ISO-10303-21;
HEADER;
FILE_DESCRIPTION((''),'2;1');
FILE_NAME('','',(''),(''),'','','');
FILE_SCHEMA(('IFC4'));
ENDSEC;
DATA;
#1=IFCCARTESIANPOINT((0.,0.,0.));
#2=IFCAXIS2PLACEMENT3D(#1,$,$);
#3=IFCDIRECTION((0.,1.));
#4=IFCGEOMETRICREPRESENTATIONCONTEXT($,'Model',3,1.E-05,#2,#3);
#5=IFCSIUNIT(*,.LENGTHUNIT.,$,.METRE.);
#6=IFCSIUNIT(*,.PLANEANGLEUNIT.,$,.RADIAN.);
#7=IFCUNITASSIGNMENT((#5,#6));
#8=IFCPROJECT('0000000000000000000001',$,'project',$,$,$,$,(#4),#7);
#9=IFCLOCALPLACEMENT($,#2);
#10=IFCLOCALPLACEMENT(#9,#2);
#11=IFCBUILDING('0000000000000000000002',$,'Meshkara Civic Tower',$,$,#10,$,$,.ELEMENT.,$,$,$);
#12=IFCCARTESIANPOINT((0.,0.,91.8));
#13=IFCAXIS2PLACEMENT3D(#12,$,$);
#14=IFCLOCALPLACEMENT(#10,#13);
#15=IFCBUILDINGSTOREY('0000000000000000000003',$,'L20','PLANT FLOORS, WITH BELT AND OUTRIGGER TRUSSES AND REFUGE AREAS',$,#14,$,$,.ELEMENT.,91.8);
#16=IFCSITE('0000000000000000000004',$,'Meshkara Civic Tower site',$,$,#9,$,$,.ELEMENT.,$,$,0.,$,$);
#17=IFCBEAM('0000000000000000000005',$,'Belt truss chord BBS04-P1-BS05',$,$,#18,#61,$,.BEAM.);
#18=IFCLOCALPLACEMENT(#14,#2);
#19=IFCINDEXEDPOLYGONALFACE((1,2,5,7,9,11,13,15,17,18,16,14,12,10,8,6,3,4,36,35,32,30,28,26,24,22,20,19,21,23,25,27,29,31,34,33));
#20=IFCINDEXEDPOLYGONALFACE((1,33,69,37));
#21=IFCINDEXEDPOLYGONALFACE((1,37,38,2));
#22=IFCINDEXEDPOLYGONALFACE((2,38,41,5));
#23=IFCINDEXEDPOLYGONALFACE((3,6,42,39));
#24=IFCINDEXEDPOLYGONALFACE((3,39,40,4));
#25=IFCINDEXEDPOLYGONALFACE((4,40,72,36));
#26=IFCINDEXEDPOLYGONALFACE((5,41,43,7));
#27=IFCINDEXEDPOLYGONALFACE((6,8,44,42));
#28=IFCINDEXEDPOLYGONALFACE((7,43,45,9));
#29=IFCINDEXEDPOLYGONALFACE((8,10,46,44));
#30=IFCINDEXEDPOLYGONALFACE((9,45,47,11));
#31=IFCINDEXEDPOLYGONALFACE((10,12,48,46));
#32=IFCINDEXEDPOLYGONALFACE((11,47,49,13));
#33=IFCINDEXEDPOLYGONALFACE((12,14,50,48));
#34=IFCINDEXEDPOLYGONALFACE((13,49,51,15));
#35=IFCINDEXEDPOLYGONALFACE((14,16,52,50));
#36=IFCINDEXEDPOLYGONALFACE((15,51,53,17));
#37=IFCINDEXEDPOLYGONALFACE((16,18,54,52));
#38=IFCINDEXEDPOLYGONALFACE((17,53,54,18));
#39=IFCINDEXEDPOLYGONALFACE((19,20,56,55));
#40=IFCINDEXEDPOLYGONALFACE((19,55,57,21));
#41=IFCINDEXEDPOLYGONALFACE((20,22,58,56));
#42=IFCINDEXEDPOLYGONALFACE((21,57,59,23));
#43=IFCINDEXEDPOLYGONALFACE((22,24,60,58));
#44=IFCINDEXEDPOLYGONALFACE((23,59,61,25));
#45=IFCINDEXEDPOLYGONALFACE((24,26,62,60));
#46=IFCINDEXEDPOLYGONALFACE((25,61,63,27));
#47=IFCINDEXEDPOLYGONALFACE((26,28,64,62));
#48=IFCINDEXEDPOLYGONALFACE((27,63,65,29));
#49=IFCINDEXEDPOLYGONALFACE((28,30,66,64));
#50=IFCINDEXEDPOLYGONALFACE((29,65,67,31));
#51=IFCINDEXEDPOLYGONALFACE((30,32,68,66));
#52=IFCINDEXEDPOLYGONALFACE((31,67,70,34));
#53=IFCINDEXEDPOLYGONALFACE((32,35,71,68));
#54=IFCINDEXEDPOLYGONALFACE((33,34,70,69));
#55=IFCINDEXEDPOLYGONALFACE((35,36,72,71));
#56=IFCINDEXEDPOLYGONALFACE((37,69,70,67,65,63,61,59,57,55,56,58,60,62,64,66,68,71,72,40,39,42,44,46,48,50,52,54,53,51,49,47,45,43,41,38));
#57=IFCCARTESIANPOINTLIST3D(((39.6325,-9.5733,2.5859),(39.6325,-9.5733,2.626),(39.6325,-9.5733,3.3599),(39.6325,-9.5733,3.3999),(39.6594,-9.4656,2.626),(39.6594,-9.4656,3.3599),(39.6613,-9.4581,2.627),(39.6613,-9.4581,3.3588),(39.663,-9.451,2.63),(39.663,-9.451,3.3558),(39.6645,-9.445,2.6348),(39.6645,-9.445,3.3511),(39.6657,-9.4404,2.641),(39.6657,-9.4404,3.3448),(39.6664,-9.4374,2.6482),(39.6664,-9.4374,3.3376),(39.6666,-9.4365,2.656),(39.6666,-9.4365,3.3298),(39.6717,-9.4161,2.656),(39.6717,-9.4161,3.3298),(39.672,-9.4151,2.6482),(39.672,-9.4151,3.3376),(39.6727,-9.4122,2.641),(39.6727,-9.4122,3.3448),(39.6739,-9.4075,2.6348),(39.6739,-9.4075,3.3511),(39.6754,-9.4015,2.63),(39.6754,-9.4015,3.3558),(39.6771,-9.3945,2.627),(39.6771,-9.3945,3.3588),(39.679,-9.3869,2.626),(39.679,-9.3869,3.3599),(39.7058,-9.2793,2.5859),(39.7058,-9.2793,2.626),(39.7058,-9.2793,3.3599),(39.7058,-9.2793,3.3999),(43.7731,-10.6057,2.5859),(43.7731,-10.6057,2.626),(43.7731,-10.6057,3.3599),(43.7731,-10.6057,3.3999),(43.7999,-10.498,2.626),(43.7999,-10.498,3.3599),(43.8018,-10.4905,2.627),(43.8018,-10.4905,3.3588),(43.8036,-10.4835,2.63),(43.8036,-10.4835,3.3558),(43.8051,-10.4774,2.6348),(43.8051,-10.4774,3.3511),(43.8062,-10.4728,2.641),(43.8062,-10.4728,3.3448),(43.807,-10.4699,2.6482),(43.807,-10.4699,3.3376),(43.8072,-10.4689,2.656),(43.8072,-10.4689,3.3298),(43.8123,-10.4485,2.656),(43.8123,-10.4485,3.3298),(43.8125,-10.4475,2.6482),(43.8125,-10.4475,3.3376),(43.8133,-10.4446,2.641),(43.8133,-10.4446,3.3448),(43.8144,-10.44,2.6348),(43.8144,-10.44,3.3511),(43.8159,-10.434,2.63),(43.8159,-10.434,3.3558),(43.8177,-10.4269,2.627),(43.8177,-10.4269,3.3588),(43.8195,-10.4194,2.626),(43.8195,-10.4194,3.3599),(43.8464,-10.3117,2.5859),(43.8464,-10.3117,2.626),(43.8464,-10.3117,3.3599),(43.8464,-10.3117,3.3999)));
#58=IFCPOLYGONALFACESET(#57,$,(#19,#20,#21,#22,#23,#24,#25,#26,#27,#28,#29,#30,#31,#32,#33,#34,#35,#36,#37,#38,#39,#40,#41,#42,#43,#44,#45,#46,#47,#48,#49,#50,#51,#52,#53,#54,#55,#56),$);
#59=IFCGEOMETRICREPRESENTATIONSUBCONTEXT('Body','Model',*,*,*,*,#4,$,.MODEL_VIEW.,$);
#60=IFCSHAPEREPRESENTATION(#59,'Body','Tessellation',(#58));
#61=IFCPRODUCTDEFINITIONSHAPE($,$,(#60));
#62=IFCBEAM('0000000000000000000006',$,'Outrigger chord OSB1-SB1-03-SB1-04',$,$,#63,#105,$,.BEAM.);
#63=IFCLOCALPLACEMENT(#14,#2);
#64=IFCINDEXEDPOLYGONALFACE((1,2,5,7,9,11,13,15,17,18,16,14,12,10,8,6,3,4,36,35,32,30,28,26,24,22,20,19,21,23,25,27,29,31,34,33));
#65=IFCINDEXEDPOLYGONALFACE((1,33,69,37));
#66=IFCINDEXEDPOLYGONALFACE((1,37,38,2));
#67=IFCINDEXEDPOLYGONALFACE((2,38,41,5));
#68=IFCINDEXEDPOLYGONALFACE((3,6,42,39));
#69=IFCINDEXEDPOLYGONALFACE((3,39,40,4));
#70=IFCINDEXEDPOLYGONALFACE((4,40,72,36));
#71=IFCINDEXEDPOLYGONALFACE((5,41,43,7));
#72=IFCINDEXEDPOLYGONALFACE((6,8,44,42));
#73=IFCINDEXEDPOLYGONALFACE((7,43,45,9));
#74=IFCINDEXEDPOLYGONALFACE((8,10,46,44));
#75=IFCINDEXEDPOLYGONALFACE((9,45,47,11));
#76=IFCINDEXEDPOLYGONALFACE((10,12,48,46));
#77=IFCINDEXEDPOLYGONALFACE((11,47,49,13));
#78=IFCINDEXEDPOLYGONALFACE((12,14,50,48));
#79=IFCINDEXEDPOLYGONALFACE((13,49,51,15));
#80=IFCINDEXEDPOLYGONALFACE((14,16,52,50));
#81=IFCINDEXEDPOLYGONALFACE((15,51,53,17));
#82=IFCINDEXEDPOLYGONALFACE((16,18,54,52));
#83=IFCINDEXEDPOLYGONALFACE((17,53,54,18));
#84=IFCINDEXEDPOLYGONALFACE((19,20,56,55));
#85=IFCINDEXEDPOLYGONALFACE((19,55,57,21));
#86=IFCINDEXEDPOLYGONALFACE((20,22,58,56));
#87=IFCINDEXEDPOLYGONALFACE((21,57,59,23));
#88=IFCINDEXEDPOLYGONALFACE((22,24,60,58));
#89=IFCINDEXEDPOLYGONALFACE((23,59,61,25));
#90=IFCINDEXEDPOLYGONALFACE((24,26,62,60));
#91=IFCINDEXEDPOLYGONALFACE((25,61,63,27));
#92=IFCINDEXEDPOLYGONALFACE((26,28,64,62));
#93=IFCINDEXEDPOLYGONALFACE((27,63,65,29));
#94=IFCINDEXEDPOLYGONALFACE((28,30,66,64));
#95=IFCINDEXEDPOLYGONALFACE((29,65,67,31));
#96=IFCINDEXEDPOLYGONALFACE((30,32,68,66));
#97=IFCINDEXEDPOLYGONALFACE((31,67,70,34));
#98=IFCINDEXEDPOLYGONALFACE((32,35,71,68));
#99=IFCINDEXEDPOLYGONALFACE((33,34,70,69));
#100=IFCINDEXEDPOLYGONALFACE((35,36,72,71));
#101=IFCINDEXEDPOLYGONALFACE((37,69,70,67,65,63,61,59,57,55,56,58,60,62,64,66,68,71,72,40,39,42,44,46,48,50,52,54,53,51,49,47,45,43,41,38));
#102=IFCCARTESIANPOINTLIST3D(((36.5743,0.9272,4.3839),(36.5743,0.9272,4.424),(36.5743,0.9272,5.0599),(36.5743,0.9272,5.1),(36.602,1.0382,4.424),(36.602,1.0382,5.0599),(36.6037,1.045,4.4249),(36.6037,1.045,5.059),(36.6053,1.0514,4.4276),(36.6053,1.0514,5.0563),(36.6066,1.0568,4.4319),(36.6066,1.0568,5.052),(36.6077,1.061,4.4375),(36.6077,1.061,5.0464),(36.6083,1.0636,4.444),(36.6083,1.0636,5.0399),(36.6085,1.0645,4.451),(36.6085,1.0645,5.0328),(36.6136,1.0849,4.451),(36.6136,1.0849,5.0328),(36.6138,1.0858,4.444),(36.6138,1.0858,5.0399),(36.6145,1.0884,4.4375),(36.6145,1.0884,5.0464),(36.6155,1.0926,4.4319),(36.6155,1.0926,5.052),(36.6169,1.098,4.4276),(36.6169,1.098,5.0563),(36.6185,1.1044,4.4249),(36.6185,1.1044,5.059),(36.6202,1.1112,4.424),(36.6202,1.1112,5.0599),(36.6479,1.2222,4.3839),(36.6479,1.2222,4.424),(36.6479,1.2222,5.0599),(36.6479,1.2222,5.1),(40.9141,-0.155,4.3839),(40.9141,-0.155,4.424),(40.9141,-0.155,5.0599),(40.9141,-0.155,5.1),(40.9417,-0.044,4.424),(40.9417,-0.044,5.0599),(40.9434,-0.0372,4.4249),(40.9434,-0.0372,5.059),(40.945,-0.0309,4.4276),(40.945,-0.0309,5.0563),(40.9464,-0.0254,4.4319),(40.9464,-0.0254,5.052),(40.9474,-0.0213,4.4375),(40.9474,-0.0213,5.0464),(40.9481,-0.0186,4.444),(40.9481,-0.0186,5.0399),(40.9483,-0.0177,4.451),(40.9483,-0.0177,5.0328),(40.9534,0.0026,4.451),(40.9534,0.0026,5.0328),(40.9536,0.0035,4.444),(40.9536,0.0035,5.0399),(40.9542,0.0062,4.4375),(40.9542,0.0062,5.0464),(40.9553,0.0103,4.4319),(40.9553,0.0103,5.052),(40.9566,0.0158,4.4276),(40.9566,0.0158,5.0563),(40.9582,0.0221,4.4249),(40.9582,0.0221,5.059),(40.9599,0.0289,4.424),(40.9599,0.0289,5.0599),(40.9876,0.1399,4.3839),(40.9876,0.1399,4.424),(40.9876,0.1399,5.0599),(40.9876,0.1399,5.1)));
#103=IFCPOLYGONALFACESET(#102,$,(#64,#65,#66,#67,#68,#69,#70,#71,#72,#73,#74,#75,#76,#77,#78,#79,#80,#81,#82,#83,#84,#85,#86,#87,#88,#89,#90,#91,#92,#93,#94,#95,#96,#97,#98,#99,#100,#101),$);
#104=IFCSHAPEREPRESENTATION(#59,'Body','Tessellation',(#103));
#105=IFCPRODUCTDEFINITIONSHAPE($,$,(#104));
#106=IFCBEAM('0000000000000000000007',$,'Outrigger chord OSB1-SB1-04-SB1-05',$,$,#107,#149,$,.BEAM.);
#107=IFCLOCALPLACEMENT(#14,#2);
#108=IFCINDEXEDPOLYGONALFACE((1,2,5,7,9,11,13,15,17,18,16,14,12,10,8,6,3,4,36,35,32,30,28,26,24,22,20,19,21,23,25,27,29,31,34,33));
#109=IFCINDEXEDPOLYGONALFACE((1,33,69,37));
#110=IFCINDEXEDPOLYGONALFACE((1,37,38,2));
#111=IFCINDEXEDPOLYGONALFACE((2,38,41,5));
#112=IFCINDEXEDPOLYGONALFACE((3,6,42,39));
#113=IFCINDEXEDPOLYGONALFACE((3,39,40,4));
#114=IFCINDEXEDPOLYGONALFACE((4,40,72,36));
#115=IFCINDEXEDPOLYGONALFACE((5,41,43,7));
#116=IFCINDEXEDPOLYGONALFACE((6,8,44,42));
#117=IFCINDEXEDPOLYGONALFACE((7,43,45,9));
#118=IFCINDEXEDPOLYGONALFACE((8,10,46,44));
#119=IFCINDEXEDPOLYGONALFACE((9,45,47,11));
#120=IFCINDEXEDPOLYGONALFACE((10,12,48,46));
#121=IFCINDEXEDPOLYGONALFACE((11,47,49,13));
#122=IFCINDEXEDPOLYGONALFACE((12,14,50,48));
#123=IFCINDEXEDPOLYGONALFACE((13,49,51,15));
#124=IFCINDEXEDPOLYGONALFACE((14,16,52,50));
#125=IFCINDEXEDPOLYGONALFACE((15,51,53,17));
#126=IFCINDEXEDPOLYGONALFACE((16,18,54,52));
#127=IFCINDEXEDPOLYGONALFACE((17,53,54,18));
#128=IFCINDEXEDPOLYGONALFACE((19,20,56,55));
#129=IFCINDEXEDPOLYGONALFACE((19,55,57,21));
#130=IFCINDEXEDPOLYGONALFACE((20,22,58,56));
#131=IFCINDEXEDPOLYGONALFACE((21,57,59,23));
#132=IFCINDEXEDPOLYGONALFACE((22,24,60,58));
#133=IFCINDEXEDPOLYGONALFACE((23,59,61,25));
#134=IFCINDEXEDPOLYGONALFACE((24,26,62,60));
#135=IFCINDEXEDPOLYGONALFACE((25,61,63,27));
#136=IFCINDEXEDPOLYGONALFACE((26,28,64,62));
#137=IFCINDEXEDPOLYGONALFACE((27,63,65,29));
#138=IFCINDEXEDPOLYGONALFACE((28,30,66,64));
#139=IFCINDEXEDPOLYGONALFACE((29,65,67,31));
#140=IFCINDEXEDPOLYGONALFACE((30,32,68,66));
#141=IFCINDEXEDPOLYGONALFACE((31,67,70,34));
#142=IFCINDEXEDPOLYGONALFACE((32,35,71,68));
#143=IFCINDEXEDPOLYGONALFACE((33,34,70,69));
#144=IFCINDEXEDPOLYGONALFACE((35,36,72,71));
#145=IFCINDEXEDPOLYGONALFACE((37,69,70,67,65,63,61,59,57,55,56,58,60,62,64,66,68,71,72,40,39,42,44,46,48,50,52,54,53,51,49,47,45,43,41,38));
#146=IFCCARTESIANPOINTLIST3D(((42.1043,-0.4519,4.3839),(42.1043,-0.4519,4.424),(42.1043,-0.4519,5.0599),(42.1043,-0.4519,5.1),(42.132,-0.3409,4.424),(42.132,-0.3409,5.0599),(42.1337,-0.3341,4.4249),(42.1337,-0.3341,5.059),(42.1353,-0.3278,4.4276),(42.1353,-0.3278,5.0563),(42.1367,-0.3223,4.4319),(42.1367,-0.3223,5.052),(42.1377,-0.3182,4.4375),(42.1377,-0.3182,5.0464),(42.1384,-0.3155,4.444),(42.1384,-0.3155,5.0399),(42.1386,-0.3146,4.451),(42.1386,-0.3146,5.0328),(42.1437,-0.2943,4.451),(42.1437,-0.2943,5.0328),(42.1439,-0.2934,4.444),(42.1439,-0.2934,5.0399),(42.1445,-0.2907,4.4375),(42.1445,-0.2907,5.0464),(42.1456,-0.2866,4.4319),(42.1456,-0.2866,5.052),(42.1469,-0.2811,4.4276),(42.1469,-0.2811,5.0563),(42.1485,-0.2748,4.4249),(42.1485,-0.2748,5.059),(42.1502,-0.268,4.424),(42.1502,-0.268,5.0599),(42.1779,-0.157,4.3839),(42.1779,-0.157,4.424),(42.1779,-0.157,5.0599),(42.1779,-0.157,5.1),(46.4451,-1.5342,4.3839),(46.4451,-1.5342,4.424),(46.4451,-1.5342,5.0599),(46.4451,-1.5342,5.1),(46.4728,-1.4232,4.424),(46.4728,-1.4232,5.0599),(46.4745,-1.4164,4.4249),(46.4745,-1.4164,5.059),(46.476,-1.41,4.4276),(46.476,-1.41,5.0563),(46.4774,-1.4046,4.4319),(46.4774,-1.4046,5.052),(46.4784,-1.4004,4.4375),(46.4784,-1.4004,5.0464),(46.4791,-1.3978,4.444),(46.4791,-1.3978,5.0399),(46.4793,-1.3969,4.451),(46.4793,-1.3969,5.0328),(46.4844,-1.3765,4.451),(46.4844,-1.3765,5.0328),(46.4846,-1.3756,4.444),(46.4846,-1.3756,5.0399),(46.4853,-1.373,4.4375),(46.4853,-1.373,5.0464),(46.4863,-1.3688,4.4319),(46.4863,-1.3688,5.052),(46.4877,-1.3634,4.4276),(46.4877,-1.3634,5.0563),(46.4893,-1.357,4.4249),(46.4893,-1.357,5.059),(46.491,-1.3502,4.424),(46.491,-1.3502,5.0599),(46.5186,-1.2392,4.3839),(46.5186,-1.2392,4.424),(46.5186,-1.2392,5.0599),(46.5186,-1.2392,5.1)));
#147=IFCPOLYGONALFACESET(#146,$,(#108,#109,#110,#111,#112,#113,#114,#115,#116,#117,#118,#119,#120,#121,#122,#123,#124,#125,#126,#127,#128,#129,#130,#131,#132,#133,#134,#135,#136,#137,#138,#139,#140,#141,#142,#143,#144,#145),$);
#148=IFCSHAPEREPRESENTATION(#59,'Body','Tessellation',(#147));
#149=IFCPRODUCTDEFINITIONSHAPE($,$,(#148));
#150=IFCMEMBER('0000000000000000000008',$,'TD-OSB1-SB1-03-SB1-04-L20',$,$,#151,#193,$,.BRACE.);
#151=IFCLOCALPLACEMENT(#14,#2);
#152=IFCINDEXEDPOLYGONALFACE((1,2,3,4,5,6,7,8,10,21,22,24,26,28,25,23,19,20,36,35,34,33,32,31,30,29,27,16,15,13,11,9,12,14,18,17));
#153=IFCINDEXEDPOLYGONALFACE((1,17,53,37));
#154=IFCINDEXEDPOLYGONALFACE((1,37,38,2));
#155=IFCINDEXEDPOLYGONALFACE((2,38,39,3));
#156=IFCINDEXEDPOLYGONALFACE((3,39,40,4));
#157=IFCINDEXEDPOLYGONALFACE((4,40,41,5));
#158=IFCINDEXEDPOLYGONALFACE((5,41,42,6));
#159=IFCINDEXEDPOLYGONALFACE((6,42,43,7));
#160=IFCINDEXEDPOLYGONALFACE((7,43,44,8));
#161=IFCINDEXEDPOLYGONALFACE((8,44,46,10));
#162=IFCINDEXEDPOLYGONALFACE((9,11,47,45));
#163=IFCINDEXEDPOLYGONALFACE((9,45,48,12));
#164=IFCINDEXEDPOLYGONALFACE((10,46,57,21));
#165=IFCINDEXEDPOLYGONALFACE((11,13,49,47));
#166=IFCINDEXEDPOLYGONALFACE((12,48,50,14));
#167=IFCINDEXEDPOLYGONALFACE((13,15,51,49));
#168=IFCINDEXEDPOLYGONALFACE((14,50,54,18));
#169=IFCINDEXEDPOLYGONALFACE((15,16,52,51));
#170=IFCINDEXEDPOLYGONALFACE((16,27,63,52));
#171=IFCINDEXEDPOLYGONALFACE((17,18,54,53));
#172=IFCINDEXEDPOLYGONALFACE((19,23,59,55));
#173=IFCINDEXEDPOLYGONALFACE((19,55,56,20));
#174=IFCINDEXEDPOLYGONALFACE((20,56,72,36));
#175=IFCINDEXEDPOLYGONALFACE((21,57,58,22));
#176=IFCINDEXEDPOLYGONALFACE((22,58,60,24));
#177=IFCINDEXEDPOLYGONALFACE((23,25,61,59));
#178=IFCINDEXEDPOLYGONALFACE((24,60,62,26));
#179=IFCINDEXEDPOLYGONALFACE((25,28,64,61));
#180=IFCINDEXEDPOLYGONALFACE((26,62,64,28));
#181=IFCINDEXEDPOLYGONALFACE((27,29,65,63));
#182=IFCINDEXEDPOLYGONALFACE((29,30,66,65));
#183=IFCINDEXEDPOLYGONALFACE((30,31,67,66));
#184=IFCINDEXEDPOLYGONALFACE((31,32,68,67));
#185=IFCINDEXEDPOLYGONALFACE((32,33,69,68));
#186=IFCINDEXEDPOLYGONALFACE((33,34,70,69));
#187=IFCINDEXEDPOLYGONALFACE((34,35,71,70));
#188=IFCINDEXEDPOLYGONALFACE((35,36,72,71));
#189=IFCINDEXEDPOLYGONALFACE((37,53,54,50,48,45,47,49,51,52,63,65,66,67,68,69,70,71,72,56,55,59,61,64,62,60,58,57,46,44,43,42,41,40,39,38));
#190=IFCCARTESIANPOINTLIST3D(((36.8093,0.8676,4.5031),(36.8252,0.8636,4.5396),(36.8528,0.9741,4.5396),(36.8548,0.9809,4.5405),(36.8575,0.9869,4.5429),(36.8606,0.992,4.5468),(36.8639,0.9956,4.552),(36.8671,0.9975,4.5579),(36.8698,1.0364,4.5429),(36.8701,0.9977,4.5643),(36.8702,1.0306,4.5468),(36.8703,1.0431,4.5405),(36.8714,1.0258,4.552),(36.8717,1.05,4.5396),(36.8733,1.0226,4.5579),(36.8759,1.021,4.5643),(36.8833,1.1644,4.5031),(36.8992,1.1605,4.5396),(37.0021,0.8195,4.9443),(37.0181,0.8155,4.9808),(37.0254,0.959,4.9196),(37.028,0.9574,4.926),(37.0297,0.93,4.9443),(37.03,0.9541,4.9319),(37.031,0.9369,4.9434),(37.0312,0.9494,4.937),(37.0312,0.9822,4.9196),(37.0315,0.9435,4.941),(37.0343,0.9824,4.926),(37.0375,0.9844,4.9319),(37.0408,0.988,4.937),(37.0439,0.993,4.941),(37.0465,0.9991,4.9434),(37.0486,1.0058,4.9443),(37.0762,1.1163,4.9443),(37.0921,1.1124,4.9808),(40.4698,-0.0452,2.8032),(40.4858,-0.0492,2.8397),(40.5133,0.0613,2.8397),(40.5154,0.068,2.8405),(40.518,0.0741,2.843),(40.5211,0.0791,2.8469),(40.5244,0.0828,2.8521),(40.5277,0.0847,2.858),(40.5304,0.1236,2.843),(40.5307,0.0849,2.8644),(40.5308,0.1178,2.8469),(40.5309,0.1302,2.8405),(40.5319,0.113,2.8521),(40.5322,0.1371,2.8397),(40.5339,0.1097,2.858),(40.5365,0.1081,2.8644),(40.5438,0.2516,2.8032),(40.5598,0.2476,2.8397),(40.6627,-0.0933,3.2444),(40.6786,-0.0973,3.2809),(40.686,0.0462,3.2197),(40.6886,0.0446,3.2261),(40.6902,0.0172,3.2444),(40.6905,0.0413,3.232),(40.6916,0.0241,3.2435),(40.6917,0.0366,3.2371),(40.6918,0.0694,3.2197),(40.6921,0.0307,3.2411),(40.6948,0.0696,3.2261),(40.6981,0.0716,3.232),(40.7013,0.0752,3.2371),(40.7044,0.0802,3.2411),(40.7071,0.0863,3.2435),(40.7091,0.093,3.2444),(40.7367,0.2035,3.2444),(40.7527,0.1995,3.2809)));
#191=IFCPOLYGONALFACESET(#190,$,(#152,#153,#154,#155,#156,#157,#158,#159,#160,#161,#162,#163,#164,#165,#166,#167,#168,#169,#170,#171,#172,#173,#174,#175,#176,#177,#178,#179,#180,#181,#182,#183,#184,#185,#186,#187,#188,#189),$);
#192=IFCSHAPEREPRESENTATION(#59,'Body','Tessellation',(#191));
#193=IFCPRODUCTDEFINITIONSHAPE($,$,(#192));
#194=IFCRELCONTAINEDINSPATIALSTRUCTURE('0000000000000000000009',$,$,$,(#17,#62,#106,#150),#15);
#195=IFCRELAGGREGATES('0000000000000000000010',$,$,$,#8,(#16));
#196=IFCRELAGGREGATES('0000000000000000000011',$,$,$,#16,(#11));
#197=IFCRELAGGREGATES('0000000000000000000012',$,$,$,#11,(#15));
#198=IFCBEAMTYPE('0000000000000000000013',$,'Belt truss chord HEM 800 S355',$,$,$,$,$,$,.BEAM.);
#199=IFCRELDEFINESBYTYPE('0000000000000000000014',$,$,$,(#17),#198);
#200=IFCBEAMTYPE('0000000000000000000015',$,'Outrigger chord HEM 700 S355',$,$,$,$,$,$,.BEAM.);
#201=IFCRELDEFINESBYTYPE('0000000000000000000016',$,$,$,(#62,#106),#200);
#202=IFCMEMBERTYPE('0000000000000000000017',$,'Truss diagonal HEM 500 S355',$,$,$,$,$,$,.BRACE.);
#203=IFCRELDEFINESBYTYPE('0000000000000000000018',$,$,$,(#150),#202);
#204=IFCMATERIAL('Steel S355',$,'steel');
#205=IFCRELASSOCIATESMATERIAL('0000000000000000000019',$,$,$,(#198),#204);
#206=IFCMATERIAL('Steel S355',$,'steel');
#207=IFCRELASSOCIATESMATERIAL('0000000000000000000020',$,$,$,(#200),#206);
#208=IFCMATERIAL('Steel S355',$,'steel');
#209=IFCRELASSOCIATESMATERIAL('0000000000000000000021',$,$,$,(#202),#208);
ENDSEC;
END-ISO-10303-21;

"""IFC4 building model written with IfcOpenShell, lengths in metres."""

from ifc_helpers import new_model, si_unit, direction, frame, origin, origin_2d, place, context, subcontext, project, spatial, i_section, extrude, material, material_profile, profile_set, type_object, element, save


model = new_model("IFC4")

# Units and contexts
model_context = context("Model", 3, precision=1e-05, world=origin(), true_north=direction((0.0, 1.0)))
body_context = subcontext(model_context, "Body", "Model", "MODEL_VIEW")
ifc_project = project(units=[si_unit("LENGTHUNIT", "METRE"), si_unit("PLANEANGLEUNIT", "RADIAN")], contexts=[model_context])

# Site, building, storey
site_placement = place(None, origin())
site = spatial("IfcSite", under=ifc_project, at=site_placement, Name="Meshkara Civic Tower site", CompositionType="ELEMENT", RefElevation=0.0)
building_placement = place(site_placement, origin())
building = spatial("IfcBuilding", under=site, at=building_placement, Name="Meshkara Civic Tower", CompositionType="ELEMENT")
storey_placement = place(building_placement, frame((0.0, 0.0, 91.8)))
storey = spatial("IfcBuildingStorey", under=building, at=storey_placement, Name="L20", Description="PLANT FLOORS, WITH BELT AND OUTRIGGER TRUSSES AND REFUGE AREAS", CompositionType="ELEMENT", Elevation=91.8)

# Beams
ifc_material_1 = material(Name="Steel S355", Category="steel")
ifc_material_profile_1 = material_profile(ifc_material_1, i_section(OverallWidth=0.303, OverallDepth=0.814, WebThickness=0.021, FlangeThickness=0.04, FilletRadius=0.03, at=origin_2d()))
ifc_profile_set_1 = profile_set([ifc_material_profile_1], Name="Steel S355")
beam_type_1 = type_object("IfcBeamType", Name="Belt truss chord HEM 800 S355", PredefinedType="BEAM", material=ifc_profile_set_1)
for number, where, z_axis, x_axis, name in (
    (1, (39.6692, -9.4263, 2.9929), (0.97029, -0.241943, 0.0), (0.241943, 0.97029, 0.0), "Belt truss chord BBS04-P1-BS05"),
):
    element("IfcBeam", number, at=place(storey_placement, frame(where, z_axis=z_axis, x_axis=x_axis)), inside=storey, type_object=beam_type_1, Name=name, PredefinedType="BEAM", context=body_context, shape_type="SweptSolid", body=[
        extrude(i_section(OverallWidth=0.303, OverallDepth=0.814, WebThickness=0.021, FlangeThickness=0.04, FilletRadius=0.03, at=origin_2d()), origin(), (0.0, 0.0, 1.0), 4.2673),
    ])
ifc_material_2 = material(Name="Steel S355", Category="steel")
ifc_material_profile_2 = material_profile(ifc_material_2, i_section(OverallWidth=0.304, OverallDepth=0.7161, WebThickness=0.021, FlangeThickness=0.04, FilletRadius=0.0271, at=origin_2d()))
ifc_profile_set_2 = profile_set([ifc_material_profile_2], Name="Steel S355")
beam_type_2 = type_object("IfcBeamType", Name="Outrigger chord HEM 700 S355", PredefinedType="BEAM", material=ifc_profile_set_2)
beam_1_placement = place(storey_placement, frame((36.6111, 1.0747, 4.7419), z_axis=(0.970284, -0.24197, 0.0), x_axis=(0.24197, 0.970284, 0.0)))
element("IfcBeam", 2, at=beam_1_placement, inside=storey, type_object=beam_type_2, Name="Outrigger chord OSB1-SB1-03-SB1-04", PredefinedType="BEAM", context=body_context, shape_type="SweptSolid", body=[
    extrude(i_section(OverallWidth=0.304, OverallDepth=0.7161, WebThickness=0.021, FlangeThickness=0.04, FilletRadius=0.0271, at=origin_2d()), origin(), (0.0, 0.0, 1.0), 4.4727),
])
beam_2_placement = place(storey_placement, frame((42.1411, -0.3044, 4.7419), z_axis=(0.970296, -0.241919, 0.0), x_axis=(0.241919, 0.970296, 0.0)))
element("IfcBeam", 3, at=beam_2_placement, inside=storey, type_object=beam_type_2, Name="Outrigger chord OSB1-SB1-04-SB1-05", PredefinedType="BEAM", context=body_context, shape_type="SweptSolid", body=[
    extrude(i_section(OverallWidth=0.304, OverallDepth=0.7161, WebThickness=0.021, FlangeThickness=0.04, FilletRadius=0.0271, at=origin_2d()), origin(), (0.0, 0.0, 1.0), 4.4736),
])

# Member
ifc_material_3 = material(Name="Steel S355", Category="steel")
ifc_material_profile_3 = material_profile(ifc_material_3, i_section(OverallWidth=0.3059, OverallDepth=0.5239, WebThickness=0.0239, FlangeThickness=0.04, FilletRadius=0.0271, at=origin_2d()))
ifc_profile_set_3 = profile_set([ifc_material_profile_3], Name="Steel S355")
member_type_1 = type_object("IfcMemberType", Name="Truss diagonal HEM 500 S355", PredefinedType="BRACE", material=ifc_profile_set_3)
member_placement = place(storey_placement, frame((36.9507, 0.99, 4.7419), z_axis=(0.884631, -0.220597, -0.41081), x_axis=(0.241957, 0.970287, 0.0)))
element("IfcMember", 4, at=member_placement, inside=storey, type_object=member_type_1, Name="TD-OSB1-SB1-03-SB1-04-L20", PredefinedType="BRACE", context=body_context, shape_type="SweptSolid", body=[
    extrude(i_section(OverallWidth=0.3059, OverallDepth=0.5239, WebThickness=0.0239, FlangeThickness=0.04, FilletRadius=0.0271, at=origin_2d()), origin(), (0.0, 0.0, 1.0), 4.1379),
])

save(model, "model.ifc")
